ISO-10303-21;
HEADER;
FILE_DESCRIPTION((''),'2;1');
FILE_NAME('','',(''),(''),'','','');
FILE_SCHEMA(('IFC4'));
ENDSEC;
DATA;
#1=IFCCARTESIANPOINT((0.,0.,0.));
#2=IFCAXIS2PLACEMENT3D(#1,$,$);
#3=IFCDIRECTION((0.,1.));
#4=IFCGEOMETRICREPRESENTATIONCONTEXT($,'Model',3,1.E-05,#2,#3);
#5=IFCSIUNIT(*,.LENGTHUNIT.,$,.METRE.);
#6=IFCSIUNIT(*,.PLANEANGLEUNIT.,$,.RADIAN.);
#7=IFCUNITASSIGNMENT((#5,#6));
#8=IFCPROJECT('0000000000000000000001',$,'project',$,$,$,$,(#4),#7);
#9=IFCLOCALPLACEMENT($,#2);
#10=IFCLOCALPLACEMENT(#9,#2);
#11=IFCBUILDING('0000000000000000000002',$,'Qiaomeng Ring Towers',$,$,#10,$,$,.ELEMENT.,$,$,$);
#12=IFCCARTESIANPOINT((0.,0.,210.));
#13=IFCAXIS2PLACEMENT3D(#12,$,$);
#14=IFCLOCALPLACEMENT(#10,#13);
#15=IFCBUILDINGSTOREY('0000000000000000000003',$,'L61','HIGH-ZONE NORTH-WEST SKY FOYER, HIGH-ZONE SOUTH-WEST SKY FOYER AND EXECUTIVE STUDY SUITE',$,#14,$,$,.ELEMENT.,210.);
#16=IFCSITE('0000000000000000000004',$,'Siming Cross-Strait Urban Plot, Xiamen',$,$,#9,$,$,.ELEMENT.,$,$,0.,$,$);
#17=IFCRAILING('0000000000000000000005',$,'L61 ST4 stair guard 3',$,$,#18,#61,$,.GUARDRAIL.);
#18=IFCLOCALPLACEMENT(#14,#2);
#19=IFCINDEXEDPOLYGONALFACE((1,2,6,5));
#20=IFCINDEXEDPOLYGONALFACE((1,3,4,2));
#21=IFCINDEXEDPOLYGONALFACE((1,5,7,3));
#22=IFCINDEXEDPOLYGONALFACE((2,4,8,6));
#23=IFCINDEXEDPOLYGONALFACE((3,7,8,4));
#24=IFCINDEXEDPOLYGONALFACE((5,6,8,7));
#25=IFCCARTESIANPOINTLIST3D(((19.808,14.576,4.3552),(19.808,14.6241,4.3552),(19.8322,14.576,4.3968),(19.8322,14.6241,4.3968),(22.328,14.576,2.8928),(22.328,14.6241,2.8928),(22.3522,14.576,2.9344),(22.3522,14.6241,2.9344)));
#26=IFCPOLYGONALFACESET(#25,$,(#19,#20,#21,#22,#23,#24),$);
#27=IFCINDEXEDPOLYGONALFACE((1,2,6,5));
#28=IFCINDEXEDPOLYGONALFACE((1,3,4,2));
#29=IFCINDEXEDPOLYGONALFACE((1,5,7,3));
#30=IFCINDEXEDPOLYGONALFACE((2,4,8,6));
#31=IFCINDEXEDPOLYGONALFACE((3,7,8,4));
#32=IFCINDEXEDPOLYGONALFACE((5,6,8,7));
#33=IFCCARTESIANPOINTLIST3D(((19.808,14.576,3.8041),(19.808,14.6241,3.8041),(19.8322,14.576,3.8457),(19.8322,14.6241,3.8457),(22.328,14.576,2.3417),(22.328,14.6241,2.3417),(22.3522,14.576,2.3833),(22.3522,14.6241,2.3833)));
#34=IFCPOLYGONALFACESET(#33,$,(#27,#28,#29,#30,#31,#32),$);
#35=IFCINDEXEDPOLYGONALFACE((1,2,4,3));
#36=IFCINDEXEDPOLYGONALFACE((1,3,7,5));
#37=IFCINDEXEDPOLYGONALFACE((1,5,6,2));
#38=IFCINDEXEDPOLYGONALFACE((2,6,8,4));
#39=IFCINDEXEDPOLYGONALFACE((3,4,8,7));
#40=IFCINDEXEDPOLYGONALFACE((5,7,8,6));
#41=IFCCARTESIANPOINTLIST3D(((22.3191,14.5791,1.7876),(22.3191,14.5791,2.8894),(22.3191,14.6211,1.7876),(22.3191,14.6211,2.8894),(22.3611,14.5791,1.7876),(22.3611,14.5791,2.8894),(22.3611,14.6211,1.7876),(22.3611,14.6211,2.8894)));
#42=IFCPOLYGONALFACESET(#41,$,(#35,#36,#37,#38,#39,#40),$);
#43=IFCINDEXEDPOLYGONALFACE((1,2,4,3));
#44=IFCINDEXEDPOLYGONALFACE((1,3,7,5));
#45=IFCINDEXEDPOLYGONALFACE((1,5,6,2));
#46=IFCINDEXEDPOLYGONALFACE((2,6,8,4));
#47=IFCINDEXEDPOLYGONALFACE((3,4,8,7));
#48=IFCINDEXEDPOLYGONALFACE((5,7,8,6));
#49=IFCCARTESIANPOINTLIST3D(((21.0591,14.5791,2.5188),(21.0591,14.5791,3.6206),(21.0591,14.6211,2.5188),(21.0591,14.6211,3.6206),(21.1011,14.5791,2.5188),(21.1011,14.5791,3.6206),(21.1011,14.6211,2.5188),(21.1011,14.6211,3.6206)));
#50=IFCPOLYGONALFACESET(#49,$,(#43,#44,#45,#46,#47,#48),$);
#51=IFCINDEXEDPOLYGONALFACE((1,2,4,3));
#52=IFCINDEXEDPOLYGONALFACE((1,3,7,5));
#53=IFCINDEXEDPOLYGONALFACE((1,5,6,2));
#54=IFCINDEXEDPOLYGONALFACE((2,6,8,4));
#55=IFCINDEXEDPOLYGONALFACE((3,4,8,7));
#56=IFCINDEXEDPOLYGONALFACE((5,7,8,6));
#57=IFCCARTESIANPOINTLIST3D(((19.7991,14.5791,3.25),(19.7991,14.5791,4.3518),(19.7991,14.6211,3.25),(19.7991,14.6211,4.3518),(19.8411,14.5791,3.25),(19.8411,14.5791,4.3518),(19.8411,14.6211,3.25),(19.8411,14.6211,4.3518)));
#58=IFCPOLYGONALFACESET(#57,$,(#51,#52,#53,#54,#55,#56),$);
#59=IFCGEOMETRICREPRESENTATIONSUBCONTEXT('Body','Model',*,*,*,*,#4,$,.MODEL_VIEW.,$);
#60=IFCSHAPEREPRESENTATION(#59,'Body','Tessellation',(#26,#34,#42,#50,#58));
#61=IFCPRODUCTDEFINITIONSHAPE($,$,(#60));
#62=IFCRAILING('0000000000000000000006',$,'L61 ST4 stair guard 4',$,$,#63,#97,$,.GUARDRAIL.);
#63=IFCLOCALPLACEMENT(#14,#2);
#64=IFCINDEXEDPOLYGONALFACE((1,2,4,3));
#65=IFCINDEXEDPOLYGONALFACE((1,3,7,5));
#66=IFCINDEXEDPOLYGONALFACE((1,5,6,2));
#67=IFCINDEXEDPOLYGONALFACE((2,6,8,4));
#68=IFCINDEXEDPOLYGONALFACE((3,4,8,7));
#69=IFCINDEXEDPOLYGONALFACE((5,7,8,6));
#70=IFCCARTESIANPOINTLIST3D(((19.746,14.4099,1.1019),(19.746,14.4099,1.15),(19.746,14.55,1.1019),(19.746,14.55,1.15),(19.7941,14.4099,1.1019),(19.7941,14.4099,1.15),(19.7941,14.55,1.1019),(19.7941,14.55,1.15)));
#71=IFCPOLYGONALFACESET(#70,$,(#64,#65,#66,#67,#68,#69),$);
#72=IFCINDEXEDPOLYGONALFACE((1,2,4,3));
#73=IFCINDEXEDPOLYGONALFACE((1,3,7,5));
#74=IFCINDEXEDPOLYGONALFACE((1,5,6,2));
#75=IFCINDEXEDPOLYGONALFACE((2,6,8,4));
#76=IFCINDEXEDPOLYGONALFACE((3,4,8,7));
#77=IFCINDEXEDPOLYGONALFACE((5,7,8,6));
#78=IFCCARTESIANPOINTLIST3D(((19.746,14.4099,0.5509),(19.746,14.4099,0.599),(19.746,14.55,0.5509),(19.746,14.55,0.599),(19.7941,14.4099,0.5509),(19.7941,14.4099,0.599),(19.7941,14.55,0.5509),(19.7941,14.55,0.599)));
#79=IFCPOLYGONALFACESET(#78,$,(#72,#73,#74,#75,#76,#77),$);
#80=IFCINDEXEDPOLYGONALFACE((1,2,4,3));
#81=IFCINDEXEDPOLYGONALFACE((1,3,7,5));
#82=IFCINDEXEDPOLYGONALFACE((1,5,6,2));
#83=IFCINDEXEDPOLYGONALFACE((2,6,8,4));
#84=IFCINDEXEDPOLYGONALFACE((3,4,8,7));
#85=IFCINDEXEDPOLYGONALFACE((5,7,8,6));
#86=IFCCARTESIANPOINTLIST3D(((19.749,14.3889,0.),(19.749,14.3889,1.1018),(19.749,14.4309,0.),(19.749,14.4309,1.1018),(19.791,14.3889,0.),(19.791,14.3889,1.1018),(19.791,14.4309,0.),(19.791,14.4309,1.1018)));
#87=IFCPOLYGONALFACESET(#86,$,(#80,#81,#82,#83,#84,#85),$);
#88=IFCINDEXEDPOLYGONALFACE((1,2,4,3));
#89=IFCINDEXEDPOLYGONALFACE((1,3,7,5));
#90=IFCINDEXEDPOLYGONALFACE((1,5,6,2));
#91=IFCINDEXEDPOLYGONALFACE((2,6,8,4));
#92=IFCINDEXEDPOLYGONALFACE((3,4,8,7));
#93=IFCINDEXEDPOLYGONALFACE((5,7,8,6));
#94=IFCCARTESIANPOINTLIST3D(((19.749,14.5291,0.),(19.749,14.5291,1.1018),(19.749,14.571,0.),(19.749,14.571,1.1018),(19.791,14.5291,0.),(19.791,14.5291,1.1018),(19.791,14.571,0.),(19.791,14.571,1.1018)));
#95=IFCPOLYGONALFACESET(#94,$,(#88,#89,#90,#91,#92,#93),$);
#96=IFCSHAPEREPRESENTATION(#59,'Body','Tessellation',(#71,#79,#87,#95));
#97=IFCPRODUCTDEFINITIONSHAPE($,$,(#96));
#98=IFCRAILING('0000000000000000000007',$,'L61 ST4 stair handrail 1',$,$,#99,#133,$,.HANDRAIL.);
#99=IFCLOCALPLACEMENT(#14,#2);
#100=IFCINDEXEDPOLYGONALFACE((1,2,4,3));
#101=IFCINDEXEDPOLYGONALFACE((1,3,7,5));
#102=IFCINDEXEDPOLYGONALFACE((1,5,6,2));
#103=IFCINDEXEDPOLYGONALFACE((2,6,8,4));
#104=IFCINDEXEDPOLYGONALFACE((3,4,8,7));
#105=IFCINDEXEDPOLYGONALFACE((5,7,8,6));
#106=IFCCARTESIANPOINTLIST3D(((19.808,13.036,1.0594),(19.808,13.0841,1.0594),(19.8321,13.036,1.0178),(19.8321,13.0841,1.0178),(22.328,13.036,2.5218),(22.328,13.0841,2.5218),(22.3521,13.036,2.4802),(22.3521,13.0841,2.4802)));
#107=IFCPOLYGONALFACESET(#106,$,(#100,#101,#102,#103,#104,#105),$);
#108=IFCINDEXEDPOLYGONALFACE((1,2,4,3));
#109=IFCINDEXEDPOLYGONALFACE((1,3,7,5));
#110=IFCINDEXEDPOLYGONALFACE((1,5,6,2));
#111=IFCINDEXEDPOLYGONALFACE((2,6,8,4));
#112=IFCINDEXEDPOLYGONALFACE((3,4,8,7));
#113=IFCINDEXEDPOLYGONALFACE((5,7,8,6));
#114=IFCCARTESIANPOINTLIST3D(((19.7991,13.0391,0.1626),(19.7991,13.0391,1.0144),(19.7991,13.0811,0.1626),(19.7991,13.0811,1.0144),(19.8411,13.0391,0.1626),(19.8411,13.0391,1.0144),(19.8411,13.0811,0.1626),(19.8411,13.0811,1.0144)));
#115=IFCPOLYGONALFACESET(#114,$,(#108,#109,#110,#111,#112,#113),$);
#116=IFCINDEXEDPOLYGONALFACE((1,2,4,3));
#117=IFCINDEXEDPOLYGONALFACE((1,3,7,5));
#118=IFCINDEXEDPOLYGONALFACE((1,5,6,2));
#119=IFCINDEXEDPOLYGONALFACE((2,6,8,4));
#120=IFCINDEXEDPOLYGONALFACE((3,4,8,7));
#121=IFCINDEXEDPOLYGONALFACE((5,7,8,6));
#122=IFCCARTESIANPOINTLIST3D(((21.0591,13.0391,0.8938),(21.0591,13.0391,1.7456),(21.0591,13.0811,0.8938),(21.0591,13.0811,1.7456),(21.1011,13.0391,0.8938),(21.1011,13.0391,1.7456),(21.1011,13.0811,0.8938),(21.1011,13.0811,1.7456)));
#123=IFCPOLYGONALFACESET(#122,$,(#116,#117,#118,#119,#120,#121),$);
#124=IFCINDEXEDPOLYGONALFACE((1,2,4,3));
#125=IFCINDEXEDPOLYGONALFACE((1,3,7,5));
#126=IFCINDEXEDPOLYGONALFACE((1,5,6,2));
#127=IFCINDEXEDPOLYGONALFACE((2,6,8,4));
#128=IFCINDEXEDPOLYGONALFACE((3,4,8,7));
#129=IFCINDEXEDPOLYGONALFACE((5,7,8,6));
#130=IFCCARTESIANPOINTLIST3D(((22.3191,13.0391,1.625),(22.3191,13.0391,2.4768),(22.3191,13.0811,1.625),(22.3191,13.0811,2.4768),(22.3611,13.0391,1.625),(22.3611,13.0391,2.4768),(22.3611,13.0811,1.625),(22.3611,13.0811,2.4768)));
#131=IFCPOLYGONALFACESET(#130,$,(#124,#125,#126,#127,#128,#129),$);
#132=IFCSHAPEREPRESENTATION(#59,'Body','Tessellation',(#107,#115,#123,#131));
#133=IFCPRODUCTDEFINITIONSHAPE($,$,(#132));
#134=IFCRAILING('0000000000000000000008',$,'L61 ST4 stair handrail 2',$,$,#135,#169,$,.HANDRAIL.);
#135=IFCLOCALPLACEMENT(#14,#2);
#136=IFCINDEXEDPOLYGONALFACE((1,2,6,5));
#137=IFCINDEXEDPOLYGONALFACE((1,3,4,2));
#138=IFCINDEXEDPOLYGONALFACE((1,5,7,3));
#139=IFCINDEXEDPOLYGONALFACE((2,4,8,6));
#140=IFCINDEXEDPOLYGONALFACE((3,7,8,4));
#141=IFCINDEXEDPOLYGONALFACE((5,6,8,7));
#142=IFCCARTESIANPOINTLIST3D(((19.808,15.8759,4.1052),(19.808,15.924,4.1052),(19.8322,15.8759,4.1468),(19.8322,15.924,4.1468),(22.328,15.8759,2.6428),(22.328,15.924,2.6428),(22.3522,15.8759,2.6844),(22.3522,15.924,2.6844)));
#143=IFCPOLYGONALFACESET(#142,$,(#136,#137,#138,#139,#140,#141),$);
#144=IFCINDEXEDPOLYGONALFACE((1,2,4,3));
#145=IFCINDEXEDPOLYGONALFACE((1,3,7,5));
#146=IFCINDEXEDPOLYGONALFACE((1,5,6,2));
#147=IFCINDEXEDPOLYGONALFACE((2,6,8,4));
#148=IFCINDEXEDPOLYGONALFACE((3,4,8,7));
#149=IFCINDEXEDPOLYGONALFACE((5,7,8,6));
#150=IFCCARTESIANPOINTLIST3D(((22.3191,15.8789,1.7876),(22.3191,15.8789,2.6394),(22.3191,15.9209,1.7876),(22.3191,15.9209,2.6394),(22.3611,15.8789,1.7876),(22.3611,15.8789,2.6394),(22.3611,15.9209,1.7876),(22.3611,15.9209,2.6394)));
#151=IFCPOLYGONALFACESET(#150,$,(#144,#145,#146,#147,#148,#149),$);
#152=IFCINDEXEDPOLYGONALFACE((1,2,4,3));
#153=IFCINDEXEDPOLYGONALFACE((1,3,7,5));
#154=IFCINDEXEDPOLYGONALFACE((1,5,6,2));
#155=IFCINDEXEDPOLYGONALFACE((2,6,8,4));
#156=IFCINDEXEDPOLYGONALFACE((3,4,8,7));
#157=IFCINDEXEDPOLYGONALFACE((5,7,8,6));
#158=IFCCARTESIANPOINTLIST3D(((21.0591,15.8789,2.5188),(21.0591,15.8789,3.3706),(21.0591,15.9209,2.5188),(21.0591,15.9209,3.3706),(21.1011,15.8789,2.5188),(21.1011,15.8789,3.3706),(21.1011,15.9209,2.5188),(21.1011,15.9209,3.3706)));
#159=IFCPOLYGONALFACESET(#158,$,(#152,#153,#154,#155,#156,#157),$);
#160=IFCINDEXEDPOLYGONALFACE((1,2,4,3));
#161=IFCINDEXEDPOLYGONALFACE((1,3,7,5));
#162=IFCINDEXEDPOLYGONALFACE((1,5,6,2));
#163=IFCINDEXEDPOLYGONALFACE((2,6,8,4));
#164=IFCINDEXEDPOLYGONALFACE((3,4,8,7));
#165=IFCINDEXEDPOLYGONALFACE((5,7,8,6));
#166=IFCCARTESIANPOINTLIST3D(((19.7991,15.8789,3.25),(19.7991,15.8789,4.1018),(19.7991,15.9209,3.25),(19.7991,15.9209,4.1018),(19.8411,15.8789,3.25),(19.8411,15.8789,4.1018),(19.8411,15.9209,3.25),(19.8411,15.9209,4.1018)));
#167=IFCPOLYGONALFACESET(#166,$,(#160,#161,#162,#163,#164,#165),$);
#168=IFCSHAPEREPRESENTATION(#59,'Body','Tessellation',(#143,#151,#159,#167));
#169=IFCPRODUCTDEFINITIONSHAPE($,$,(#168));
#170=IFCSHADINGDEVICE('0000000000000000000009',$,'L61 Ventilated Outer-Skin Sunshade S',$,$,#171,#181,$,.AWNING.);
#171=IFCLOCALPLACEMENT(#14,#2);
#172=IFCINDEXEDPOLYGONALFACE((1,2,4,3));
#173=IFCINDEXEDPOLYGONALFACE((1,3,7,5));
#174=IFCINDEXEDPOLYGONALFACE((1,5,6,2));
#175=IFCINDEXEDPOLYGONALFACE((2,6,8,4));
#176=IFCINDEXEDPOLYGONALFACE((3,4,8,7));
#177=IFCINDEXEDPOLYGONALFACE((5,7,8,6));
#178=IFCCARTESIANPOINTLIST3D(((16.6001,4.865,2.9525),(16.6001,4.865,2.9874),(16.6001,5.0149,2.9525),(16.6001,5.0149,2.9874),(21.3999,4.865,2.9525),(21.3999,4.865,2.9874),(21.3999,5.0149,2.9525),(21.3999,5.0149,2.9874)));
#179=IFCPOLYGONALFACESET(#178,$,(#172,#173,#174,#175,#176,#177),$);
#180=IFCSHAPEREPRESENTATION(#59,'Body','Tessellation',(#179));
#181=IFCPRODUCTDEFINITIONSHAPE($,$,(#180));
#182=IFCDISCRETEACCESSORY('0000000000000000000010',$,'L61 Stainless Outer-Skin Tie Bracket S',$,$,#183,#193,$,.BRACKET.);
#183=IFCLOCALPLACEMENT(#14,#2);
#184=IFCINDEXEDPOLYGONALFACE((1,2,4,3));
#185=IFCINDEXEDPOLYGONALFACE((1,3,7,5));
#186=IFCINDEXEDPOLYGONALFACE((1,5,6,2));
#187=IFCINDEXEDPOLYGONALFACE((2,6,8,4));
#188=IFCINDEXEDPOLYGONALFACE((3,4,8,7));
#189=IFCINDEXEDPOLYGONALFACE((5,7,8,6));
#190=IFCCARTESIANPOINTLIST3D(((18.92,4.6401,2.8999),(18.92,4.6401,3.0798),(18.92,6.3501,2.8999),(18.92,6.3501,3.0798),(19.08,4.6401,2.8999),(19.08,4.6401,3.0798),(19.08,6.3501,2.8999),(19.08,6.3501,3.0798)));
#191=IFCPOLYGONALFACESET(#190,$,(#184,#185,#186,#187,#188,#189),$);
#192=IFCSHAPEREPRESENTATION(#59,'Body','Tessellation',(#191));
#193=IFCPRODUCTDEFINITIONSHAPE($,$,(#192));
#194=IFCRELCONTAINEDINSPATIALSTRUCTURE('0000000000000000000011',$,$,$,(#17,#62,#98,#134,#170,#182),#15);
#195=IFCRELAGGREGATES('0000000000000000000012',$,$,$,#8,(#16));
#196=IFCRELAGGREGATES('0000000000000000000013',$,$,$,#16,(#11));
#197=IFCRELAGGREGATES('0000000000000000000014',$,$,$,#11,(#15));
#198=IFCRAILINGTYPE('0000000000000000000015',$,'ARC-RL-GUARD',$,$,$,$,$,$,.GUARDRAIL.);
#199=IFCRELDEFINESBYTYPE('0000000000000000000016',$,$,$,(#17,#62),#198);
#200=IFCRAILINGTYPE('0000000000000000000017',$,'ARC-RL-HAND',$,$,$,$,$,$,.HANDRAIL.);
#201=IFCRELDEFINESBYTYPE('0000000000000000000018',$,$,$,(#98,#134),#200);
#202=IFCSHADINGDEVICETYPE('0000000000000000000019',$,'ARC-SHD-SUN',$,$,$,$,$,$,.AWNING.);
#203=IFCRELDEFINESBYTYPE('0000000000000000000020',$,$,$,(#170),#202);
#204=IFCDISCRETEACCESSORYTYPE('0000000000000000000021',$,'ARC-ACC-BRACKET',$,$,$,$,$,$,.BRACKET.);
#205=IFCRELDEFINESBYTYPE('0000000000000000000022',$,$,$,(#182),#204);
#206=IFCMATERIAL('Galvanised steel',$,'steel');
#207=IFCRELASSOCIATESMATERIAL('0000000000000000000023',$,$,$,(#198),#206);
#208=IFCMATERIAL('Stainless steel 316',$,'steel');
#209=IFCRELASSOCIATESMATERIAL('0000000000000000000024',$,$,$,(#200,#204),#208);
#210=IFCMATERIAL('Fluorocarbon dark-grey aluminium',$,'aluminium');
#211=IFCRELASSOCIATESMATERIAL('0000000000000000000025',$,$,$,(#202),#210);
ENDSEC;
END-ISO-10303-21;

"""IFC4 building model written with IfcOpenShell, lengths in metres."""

from ifc_helpers import new_model, si_unit, direction, frame, origin, origin_2d, place, context, subcontext, project, spatial, rectangle, extrude, source, transform, mapped, material, material_profile, profile_set, type_object, element, save


model = new_model("IFC4")

# Units and contexts
model_context = context("Model", 3, precision=1e-05, world=origin(), true_north=direction((0.0, 1.0)))
body_context = subcontext(model_context, "Body", "Model", "MODEL_VIEW")
ifc_project = project(units=[si_unit("LENGTHUNIT", "METRE"), si_unit("PLANEANGLEUNIT", "RADIAN")], contexts=[model_context])

# Site, building, storey
site_placement = place(None, origin())
site = spatial("IfcSite", under=ifc_project, at=site_placement, Name="Siming Cross-Strait Urban Plot, Xiamen", CompositionType="ELEMENT", RefElevation=0.0)
building_placement = place(site_placement, origin())
building = spatial("IfcBuilding", under=site, at=building_placement, Name="Qiaomeng Ring Towers", CompositionType="ELEMENT")
storey_placement = place(building_placement, frame((0.0, 0.0, 210.0)))
storey = spatial("IfcBuildingStorey", under=building, at=storey_placement, Name="L61", Description="HIGH-ZONE NORTH-WEST SKY FOYER, HIGH-ZONE SOUTH-WEST SKY FOYER AND EXECUTIVE STUDY SUITE", CompositionType="ELEMENT", Elevation=210.0)

# Shared definitions
ifc_material_1 = material(Name="Fluorocarbon dark-grey aluminium", Category="aluminium")

# Shared definitions
ifc_material_2 = material(Name="Galvanised steel", Category="steel")

# Railings
railing_type_1 = type_object("IfcRailingType", Name="ARC-RL-GUARD", PredefinedType="GUARDRAIL", material=ifc_material_2)
railing_1_placement = place(storey_placement, frame((22.3401, 14.6001, 1.7876)))
element("IfcRailing", 1, at=railing_1_placement, inside=storey, type_object=railing_type_1, Name="L61 ST4 stair guard 3", PredefinedType="GUARDRAIL", context=body_context, shape_type="SweptSolid", body=[
    extrude(rectangle(XDim=0.0481, YDim=0.0481, at=origin_2d()), frame((0.0, 0.0, 1.126), z_axis=(-0.864913, 0.0, 0.501921), x_axis=(0.0, -1.0, 0.0)), (0.0, 0.0, 1.0), 2.9136),
    extrude(rectangle(XDim=0.0481, YDim=0.0481, at=origin_2d()), frame((0.0, 0.0, 0.575), z_axis=(-0.864913, 0.0, 0.501921), x_axis=(0.0, -1.0, 0.0)), (0.0, 0.0, 1.0), 2.9136),
    extrude(rectangle(XDim=0.042, YDim=0.042, at=origin_2d()), origin(), (0.0, 0.0, 1.0), 1.1018),
    extrude(rectangle(XDim=0.042, YDim=0.042, at=origin_2d()), frame((-1.26, 0.0, 0.7312)), (0.0, 0.0, 1.0), 1.1018),
    extrude(rectangle(XDim=0.042, YDim=0.042, at=origin_2d()), frame((-2.52, 0.0, 1.4624)), (0.0, 0.0, 1.0), 1.1018),
])
railing_2_placement = place(storey_placement, frame((19.77, 14.4099, 0.0)))
element("IfcRailing", 2, at=railing_2_placement, inside=storey, type_object=railing_type_1, Name="L61 ST4 stair guard 4", PredefinedType="GUARDRAIL", context=body_context, shape_type="SweptSolid", body=[
    extrude(rectangle(XDim=0.0481, YDim=0.0481, at=origin_2d()), frame((0.0, 0.0, 1.126), z_axis=(0.0, 1.0, 0.0), x_axis=(-1.0, 0.0, 0.0)), (0.0, 0.0, 1.0), 0.1401),
    extrude(rectangle(XDim=0.0481, YDim=0.0481, at=origin_2d()), frame((0.0, 0.0, 0.575), z_axis=(0.0, 1.0, 0.0), x_axis=(-1.0, 0.0, 0.0)), (0.0, 0.0, 1.0), 0.1401),
    extrude(rectangle(XDim=0.042, YDim=0.042, at=origin_2d()), origin(), (0.0, 0.0, 1.0), 1.1018),
    extrude(rectangle(XDim=0.042, YDim=0.042, at=origin_2d()), frame((0.0, 0.1401, 0.0)), (0.0, 0.0, 1.0), 1.1018),
])
ifc_material_3 = material(Name="Stainless steel 316", Category="steel")
railing_type_2 = type_object("IfcRailingType", Name="ARC-RL-HAND", PredefinedType="HANDRAIL", material=ifc_material_3)
railing_3_placement = place(storey_placement, frame((19.8201, 13.0601, 0.1626)))
element("IfcRailing", 3, at=railing_3_placement, inside=storey, type_object=railing_type_2, Name="L61 ST4 stair handrail 1", PredefinedType="HANDRAIL", context=body_context, shape_type="SweptSolid", body=[
    extrude(rectangle(XDim=0.0481, YDim=0.0481, at=origin_2d()), frame((0.0, 0.0, 0.876), z_axis=(0.864913, 0.0, 0.501921), x_axis=(0.0, 1.0, 0.0)), (0.0, 0.0, 1.0), 2.9136),
    extrude(rectangle(XDim=0.042, YDim=0.042, at=origin_2d()), origin(), (0.0, 0.0, 1.0), 0.8518),
    extrude(rectangle(XDim=0.042, YDim=0.042, at=origin_2d()), frame((1.26, 0.0, 0.7312)), (0.0, 0.0, 1.0), 0.8518),
    extrude(rectangle(XDim=0.042, YDim=0.042, at=origin_2d()), frame((2.52, 0.0, 1.4624)), (0.0, 0.0, 1.0), 0.8518),
])
railing_4_placement = place(storey_placement, frame((22.3401, 15.8999, 1.7876)))
element("IfcRailing", 4, at=railing_4_placement, inside=storey, type_object=railing_type_2, Name="L61 ST4 stair handrail 2", PredefinedType="HANDRAIL", context=body_context, shape_type="SweptSolid", body=[
    extrude(rectangle(XDim=0.0481, YDim=0.0481, at=origin_2d()), frame((0.0, 0.0, 0.876), z_axis=(-0.864913, 0.0, 0.501921), x_axis=(0.0, -1.0, 0.0)), (0.0, 0.0, 1.0), 2.9136),
    extrude(rectangle(XDim=0.042, YDim=0.042, at=origin_2d()), origin(), (0.0, 0.0, 1.0), 0.8518),
    extrude(rectangle(XDim=0.042, YDim=0.042, at=origin_2d()), frame((-1.26, 0.0, 0.7312)), (0.0, 0.0, 1.0), 0.8518),
    extrude(rectangle(XDim=0.042, YDim=0.042, at=origin_2d()), frame((-2.52, 0.0, 1.4624)), (0.0, 0.0, 1.0), 0.8518),
])

# Shading device
ifc_material_profile_1 = material_profile(ifc_material_1, rectangle(XDim=0.1499, YDim=0.0349, at=origin_2d()), Name="LV BLADE 150x35")
ifc_profile_set_1 = profile_set([ifc_material_profile_1], Name="Fluorocarbon dark-grey aluminium")
shading_device_type = type_object("IfcShadingDeviceType", Name="ARC-SHD-SUN", PredefinedType="AWNING", material=ifc_profile_set_1)
shared_shape_1 = source(origin(), body_context, "Body", "SweptSolid", [
    extrude(rectangle(XDim=0.1499, YDim=0.0349, at=origin_2d()), origin(), (0.0, 0.0, 1.0), 4.7998),
])
shading_device_placement = place(storey_placement, frame((16.6001, 4.9399, 2.97), z_axis=(1.0, 0.0, 0.0), x_axis=(0.0, 1.0, 0.0)))
element("IfcShadingDevice", 5, at=shading_device_placement, inside=storey, type_object=shading_device_type, Name="L61 Ventilated Outer-Skin Sunshade S", PredefinedType="AWNING", context=body_context, shape_type="MappedRepresentation", body=[
    mapped(shared_shape_1, transform((0.0, 0.0, 0.0), x_axis=(1.0, 0.0, 0.0), y_axis=(0.0, 1.0, 0.0), z_axis=(0.0, 0.0, 1.0), scale=1.0)),
])

# Discrete accessory
discrete_accessory_type = type_object("IfcDiscreteAccessoryType", Name="ARC-ACC-BRACKET", PredefinedType="BRACKET", material=ifc_material_3)
shared_shape_2 = source(origin(), body_context, "Body", "SweptSolid", [
    extrude(rectangle(XDim=0.1599, YDim=1.71, at=origin_2d()), origin(), (0.0, 0.0, 1.0), 0.1799),
])
discrete_accessory_placement = place(storey_placement, frame((19.0, 5.4951, 2.8999), z_axis=(0.0, 0.0, 1.0), x_axis=(1.0, 0.0, 0.0)))
element("IfcDiscreteAccessory", 6, at=discrete_accessory_placement, inside=storey, type_object=discrete_accessory_type, Name="L61 Stainless Outer-Skin Tie Bracket S", PredefinedType="BRACKET", context=body_context, shape_type="MappedRepresentation", body=[
    mapped(shared_shape_2, transform((0.0, 0.0, 0.0), x_axis=(1.0, 0.0, 0.0), y_axis=(0.0, 1.0, 0.0), z_axis=(0.0, 0.0, 1.0), scale=1.0)),
])

save(model, "model.ifc")
